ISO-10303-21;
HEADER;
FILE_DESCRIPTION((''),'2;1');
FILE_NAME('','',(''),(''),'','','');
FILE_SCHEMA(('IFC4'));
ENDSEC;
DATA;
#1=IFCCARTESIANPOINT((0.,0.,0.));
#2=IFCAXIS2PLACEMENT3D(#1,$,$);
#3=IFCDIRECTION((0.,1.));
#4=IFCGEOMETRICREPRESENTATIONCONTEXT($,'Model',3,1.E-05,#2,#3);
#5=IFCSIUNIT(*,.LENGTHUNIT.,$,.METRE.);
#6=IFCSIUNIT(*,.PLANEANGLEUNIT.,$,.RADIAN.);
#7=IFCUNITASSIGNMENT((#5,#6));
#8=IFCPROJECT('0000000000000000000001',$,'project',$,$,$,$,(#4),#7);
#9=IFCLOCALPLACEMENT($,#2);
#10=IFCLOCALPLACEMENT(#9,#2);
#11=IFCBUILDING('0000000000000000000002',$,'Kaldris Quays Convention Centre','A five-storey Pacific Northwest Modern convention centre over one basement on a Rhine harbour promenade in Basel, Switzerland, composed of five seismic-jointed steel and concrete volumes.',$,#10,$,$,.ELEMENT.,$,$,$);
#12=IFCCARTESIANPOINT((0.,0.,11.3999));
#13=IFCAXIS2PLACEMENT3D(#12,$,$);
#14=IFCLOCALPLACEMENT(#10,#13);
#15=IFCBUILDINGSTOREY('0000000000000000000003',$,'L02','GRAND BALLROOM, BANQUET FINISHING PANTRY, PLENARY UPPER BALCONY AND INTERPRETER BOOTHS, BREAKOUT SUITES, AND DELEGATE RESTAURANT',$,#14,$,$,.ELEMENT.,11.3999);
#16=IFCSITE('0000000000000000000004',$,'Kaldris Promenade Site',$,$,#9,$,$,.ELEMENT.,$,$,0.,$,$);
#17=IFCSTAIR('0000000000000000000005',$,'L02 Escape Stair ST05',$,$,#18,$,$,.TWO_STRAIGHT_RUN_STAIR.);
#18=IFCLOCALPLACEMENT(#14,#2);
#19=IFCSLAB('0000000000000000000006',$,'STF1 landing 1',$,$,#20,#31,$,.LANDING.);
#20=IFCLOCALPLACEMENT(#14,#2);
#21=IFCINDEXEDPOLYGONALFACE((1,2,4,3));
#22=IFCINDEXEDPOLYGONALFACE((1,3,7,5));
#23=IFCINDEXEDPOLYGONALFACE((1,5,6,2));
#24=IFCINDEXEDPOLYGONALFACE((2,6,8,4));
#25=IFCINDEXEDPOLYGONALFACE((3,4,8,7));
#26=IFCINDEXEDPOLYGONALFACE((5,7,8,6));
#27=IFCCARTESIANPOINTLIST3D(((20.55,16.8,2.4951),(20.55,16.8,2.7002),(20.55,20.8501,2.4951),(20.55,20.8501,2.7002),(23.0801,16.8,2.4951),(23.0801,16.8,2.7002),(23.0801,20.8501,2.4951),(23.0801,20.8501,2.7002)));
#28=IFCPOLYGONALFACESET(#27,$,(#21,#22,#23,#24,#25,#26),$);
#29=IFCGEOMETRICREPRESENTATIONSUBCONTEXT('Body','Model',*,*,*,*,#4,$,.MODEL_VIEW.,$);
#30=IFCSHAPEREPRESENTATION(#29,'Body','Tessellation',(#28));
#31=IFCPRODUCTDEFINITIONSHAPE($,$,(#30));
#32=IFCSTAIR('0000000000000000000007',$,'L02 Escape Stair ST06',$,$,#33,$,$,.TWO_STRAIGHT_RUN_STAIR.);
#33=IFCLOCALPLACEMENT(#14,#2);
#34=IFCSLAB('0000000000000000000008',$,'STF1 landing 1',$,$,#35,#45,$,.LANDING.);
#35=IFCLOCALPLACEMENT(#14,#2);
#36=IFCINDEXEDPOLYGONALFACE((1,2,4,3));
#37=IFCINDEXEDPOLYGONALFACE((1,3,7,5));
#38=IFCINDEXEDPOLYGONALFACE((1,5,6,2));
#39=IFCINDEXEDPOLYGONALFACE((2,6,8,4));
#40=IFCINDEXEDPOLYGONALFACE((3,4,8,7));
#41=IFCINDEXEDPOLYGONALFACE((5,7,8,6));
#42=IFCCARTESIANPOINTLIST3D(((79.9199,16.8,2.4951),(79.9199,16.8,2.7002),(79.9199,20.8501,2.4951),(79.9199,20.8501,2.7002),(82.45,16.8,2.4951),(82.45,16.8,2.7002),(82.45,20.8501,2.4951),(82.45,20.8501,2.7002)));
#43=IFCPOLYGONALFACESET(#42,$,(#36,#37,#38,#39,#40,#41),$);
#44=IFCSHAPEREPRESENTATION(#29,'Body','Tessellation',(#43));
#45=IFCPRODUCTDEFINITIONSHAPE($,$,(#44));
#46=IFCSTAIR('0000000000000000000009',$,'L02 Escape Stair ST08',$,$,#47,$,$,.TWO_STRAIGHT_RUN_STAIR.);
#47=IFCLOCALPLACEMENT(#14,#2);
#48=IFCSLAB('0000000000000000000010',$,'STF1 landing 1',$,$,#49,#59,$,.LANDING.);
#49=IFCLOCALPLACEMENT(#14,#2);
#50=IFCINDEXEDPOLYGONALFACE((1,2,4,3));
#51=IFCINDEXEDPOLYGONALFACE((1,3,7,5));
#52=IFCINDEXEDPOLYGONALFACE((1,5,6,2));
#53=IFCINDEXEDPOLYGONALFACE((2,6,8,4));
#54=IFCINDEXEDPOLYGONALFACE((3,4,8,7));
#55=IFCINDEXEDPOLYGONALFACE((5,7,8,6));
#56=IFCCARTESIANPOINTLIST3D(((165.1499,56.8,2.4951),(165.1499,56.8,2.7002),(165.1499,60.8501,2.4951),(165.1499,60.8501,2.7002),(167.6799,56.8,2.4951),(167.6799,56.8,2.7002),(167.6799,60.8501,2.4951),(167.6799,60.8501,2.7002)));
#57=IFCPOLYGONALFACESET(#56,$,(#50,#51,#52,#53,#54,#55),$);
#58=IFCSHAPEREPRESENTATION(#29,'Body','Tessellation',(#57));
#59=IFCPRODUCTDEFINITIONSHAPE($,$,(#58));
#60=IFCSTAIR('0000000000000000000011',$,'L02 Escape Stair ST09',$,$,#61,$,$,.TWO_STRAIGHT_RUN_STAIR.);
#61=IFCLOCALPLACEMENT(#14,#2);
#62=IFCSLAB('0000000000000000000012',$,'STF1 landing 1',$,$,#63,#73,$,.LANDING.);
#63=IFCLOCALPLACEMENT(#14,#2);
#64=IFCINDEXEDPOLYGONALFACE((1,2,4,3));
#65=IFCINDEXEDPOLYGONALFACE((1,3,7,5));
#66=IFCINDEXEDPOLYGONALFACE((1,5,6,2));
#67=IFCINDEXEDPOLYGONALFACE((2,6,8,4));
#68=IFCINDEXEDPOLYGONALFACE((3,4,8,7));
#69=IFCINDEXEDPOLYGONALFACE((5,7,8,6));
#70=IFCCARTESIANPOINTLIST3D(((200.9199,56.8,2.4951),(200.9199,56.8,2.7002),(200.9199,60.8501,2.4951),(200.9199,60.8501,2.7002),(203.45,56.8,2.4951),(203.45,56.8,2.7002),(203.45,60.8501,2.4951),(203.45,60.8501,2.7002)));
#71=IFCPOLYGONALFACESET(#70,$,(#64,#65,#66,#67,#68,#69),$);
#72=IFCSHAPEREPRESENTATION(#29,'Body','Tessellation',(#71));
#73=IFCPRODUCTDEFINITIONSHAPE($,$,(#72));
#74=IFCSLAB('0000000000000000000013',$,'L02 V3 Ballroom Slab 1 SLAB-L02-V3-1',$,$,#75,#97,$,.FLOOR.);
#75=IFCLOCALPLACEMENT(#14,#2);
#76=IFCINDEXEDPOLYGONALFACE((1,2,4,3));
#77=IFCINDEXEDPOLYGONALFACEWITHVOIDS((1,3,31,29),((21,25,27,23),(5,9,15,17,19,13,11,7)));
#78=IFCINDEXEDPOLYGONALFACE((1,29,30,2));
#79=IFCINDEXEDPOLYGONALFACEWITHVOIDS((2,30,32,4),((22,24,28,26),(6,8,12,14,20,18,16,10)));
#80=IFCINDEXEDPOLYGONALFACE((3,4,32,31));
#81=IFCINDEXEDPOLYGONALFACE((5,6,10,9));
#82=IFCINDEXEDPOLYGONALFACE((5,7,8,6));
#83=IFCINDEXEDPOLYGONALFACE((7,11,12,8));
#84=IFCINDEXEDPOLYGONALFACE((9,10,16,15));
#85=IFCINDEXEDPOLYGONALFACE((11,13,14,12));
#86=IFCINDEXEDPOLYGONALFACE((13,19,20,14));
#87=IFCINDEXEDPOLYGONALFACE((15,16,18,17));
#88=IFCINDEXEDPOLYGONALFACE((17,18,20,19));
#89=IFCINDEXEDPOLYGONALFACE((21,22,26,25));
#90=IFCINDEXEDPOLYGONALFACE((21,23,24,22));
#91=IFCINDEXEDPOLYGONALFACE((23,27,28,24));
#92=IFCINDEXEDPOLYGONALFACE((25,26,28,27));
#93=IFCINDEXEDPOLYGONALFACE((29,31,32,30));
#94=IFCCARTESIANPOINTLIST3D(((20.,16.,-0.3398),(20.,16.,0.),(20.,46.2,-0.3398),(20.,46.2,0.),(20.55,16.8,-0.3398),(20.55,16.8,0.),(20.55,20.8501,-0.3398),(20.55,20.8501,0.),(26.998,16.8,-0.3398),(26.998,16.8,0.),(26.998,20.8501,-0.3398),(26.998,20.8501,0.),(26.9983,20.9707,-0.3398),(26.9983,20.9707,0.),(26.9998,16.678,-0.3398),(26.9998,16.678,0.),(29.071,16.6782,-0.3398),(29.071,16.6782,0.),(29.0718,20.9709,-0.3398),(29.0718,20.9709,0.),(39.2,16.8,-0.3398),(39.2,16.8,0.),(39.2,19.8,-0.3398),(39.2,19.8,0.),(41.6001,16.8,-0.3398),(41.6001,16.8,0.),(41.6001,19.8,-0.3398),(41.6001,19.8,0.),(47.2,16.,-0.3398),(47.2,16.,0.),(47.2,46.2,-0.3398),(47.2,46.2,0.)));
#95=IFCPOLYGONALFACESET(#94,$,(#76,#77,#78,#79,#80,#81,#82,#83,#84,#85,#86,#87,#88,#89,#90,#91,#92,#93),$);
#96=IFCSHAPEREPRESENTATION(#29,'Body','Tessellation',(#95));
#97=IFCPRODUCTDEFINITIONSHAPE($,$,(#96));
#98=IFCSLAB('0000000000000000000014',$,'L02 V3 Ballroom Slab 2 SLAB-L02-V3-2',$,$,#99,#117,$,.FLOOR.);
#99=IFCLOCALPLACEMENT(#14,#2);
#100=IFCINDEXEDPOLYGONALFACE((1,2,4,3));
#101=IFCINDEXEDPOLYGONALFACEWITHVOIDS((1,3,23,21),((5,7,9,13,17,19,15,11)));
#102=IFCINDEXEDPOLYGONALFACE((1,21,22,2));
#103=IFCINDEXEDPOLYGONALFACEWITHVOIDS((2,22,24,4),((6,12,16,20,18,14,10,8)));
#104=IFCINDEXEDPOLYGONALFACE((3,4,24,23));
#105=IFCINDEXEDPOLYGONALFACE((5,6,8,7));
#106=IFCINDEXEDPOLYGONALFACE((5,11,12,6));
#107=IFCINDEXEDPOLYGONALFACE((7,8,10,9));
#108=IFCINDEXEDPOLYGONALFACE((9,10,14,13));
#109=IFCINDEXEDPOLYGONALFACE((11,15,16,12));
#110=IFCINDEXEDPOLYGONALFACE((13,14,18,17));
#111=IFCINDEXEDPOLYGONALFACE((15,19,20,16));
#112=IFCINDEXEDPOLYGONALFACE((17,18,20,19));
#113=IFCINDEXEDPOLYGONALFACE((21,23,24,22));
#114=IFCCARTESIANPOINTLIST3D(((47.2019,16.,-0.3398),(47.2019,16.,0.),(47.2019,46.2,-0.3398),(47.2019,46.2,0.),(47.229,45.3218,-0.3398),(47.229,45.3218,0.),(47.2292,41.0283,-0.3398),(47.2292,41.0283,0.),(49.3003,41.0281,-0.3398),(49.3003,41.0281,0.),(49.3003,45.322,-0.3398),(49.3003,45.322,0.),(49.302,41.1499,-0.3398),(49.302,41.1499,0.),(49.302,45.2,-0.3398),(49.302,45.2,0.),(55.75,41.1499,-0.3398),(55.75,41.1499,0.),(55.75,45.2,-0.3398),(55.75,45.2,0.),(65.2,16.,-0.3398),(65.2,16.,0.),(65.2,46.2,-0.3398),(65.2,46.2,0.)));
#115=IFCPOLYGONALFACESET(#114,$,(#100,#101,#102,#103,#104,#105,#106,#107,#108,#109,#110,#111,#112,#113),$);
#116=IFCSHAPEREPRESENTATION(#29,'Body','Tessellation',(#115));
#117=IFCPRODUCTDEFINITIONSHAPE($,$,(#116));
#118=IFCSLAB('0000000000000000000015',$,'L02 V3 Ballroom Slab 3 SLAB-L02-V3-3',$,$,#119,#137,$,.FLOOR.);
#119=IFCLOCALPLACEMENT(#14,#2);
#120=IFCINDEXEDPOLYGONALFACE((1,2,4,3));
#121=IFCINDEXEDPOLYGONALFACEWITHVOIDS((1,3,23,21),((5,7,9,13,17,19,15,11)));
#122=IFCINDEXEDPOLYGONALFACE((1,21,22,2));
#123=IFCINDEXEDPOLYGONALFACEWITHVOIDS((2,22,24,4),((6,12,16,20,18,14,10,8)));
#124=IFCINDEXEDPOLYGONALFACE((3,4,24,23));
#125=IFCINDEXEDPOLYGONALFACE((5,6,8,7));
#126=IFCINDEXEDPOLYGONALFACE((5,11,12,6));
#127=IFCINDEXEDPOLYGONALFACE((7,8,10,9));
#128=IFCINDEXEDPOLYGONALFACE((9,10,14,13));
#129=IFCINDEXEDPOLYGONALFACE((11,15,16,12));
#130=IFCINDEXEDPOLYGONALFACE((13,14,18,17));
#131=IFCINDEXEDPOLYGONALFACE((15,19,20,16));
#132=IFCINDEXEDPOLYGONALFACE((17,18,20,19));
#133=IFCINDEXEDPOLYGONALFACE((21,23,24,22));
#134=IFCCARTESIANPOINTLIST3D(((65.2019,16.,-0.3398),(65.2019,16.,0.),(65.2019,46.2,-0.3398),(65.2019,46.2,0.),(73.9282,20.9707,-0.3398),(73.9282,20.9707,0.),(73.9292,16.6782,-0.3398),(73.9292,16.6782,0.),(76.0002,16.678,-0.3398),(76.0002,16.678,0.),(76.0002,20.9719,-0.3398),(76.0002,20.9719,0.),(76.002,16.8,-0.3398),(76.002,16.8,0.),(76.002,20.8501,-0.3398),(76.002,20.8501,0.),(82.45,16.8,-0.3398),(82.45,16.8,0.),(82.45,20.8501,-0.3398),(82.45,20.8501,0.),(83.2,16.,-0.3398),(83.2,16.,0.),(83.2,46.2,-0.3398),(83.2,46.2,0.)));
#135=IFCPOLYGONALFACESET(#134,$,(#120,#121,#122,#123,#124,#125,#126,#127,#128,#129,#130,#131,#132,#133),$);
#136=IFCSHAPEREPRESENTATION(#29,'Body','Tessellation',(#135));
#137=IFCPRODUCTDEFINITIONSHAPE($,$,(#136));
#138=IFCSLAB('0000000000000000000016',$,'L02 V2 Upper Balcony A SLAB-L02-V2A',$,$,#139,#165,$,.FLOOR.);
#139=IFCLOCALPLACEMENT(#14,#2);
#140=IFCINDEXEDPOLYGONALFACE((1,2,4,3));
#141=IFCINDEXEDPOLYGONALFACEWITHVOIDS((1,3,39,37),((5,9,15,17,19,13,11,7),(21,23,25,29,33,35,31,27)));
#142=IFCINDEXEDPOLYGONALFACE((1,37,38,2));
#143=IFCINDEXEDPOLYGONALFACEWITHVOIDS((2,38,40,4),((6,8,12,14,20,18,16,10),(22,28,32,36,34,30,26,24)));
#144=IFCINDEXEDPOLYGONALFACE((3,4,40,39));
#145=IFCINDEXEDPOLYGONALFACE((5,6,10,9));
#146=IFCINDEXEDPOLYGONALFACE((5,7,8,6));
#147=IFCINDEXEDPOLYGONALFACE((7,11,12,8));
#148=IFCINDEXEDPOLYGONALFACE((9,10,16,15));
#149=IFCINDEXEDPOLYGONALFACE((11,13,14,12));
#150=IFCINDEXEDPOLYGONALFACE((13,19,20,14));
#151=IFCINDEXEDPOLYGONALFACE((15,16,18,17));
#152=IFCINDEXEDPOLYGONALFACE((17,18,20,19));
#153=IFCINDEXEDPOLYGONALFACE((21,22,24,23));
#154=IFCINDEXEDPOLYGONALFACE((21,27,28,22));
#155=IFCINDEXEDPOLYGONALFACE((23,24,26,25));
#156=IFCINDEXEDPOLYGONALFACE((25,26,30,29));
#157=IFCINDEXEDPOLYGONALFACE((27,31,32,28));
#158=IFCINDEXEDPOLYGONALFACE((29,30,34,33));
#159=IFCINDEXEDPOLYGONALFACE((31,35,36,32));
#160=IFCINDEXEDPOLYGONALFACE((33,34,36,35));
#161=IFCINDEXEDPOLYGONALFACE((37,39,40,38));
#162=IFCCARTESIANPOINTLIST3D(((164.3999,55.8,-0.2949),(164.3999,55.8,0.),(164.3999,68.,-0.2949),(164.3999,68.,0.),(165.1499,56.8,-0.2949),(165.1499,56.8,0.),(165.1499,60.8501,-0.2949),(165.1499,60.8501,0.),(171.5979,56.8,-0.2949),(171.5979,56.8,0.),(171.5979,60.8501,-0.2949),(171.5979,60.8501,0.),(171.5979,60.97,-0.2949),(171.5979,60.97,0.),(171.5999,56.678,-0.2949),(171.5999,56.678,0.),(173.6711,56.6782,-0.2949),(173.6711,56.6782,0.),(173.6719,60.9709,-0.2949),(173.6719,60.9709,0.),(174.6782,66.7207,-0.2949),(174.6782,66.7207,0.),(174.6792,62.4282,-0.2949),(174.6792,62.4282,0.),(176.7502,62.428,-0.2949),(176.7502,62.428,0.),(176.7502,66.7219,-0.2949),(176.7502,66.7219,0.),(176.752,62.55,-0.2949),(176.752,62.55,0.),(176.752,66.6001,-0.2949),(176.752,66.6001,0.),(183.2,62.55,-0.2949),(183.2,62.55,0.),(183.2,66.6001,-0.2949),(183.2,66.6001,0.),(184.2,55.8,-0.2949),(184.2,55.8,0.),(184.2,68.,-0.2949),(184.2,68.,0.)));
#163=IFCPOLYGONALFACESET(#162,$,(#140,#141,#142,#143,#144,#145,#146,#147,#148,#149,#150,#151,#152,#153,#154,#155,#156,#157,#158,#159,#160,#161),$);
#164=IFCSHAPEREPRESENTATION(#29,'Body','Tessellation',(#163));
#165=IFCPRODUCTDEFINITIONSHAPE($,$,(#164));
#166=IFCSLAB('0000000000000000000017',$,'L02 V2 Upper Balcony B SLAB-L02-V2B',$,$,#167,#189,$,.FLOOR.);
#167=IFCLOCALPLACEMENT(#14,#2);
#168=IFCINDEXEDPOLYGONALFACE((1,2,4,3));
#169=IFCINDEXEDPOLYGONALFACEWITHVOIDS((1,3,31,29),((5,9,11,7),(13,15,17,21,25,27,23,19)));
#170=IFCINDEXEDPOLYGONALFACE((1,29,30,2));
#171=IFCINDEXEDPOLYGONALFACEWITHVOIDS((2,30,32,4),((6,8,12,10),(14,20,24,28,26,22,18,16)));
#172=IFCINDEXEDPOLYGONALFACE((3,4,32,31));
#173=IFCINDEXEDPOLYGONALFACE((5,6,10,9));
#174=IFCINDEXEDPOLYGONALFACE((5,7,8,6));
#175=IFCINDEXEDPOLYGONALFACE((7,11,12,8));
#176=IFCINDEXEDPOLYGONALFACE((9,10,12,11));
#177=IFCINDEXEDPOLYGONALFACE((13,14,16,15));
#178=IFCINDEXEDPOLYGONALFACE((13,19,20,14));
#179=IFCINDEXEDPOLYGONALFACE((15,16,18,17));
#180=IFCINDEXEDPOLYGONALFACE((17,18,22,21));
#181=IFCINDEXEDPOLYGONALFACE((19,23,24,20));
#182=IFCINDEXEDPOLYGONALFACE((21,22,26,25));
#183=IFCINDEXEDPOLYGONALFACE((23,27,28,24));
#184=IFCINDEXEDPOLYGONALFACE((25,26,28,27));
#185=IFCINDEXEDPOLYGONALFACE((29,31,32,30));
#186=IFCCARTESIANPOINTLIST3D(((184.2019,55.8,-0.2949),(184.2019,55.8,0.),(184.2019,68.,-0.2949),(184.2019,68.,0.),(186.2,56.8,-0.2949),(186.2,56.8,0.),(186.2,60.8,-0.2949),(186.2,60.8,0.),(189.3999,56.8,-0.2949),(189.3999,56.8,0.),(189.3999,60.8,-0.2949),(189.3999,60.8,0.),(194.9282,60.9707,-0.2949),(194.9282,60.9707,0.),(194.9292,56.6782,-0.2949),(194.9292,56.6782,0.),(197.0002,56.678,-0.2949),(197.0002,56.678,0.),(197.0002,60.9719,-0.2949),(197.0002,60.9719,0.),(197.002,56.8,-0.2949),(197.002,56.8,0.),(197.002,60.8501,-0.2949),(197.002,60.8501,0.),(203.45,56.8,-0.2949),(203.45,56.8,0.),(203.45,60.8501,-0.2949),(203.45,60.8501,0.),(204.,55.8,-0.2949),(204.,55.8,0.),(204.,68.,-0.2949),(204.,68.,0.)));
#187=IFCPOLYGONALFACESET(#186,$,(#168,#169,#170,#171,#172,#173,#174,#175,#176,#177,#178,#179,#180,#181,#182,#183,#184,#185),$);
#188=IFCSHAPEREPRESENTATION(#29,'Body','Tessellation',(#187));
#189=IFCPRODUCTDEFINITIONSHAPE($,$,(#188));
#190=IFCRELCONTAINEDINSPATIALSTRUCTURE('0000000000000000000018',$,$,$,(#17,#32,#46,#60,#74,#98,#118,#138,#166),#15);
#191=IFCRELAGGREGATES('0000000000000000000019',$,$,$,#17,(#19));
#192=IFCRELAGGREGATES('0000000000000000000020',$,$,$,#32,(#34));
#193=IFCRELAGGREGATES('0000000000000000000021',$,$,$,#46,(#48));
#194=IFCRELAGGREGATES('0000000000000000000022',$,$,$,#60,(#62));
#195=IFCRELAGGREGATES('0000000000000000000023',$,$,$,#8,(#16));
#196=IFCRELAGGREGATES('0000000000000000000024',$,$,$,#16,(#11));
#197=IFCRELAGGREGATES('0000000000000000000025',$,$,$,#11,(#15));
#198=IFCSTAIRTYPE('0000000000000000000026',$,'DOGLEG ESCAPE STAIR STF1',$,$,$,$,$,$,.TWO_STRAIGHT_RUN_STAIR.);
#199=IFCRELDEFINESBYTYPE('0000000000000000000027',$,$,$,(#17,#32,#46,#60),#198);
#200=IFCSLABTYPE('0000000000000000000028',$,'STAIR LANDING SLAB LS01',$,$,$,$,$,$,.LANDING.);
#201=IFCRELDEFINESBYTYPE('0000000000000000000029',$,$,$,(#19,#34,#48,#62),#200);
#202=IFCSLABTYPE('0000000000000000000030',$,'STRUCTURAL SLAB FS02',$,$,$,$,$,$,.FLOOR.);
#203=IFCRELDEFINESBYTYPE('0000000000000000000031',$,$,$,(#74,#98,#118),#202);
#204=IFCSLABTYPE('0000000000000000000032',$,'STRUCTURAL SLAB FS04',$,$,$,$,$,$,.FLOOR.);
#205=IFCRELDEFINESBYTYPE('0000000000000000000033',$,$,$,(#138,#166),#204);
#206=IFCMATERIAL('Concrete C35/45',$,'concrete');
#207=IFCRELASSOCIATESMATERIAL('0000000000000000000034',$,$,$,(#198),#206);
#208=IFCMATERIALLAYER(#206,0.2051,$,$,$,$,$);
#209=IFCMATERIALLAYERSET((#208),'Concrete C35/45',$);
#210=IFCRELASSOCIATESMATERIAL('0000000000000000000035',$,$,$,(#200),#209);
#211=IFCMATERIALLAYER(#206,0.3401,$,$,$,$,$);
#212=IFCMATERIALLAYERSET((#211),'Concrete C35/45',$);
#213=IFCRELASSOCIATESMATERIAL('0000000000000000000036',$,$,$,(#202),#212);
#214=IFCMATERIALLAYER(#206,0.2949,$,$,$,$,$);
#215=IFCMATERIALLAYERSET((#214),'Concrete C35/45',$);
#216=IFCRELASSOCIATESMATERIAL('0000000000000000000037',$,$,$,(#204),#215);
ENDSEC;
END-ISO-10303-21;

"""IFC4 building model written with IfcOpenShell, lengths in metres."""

from ifc_helpers import new_model, si_unit, direction, frame, origin, place, context, subcontext, project, spatial, polyline, outline, extrude, material, layer, layer_set, type_object, element, aggregate, save


model = new_model("IFC4")

# Units and contexts
model_context = context("Model", 3, precision=1e-05, world=origin(), true_north=direction((0.0, 1.0)))
body_context = subcontext(model_context, "Body", "Model", "MODEL_VIEW")
ifc_project = project(units=[si_unit("LENGTHUNIT", "METRE"), si_unit("PLANEANGLEUNIT", "RADIAN")], contexts=[model_context])

# Site, building, storey
site_placement = place(None, origin())
site = spatial("IfcSite", under=ifc_project, at=site_placement, Name="Kaldris Promenade Site", CompositionType="ELEMENT", RefElevation=0.0)
building_placement = place(site_placement, origin())
building = spatial("IfcBuilding", under=site, at=building_placement, Name="Kaldris Quays Convention Centre", Description="A five-storey Pacific Northwest Modern convention centre over one basement on a Rhine harbour promenade in Basel, Switzerland, composed of five seismic-jointed steel and concrete volumes.", CompositionType="ELEMENT")
storey_placement = place(building_placement, frame((0.0, 0.0, 11.3999)))
storey = spatial("IfcBuildingStorey", under=building, at=storey_placement, Name="L02", Description="GRAND BALLROOM, BANQUET FINISHING PANTRY, PLENARY UPPER BALCONY AND INTERPRETER BOOTHS, BREAKOUT SUITES, AND DELEGATE RESTAURANT", CompositionType="ELEMENT", Elevation=11.3999)

# Stairs, slabs
ifc_material = material(Name="Concrete C35/45", Category="concrete")
stair_type = type_object("IfcStairType", Name="DOGLEG ESCAPE STAIR STF1", PredefinedType="TWO_STRAIGHT_RUN_STAIR", material=ifc_material)
stair_1_placement = place(storey_placement, origin())
stair_1 = element("IfcStair", 1, at=stair_1_placement, inside=storey, type_object=stair_type, Name="L02 Escape Stair ST05", PredefinedType="TWO_STRAIGHT_RUN_STAIR")
ifc_layer_1 = layer(ifc_material, 0.2051)
ifc_layer_set_1 = layer_set([ifc_layer_1], Name="Concrete C35/45")
slab_type_1 = type_object("IfcSlabType", Name="STAIR LANDING SLAB LS01", PredefinedType="LANDING", material=ifc_layer_set_1)
slab_1_placement = place(storey_placement, frame((0.0, 0.0, 2.4951)))
slab_1 = element("IfcSlab", 2, at=slab_1_placement, type_object=slab_type_1, Name="STF1 landing 1", PredefinedType="LANDING", context=body_context, shape_type="SweptSolid", body=[
    extrude(outline(polyline([(23.0801, 20.8501), (20.55, 20.8501), (20.55, 16.8), (23.0801, 16.8), (23.0801, 20.8501)])), origin(), (0.0, 0.0, 1.0), 0.2051),
])
aggregate(stair_1, [slab_1])
stair_2_placement = place(storey_placement, origin())
stair_2 = element("IfcStair", 3, at=stair_2_placement, inside=storey, type_object=stair_type, Name="L02 Escape Stair ST06", PredefinedType="TWO_STRAIGHT_RUN_STAIR")
slab_2_placement = place(storey_placement, frame((0.0, 0.0, 2.4951)))
slab_2 = element("IfcSlab", 4, at=slab_2_placement, type_object=slab_type_1, Name="STF1 landing 1", PredefinedType="LANDING", context=body_context, shape_type="SweptSolid", body=[
    extrude(outline(polyline([(79.9199, 16.8), (82.45, 16.8), (82.45, 20.8501), (79.9199, 20.8501), (79.9199, 16.8)])), origin(), (0.0, 0.0, 1.0), 0.2051),
])
aggregate(stair_2, [slab_2])
stair_3_placement = place(storey_placement, origin())
stair_3 = element("IfcStair", 5, at=stair_3_placement, inside=storey, type_object=stair_type, Name="L02 Escape Stair ST08", PredefinedType="TWO_STRAIGHT_RUN_STAIR")
slab_3_placement = place(storey_placement, frame((0.0, 0.0, 2.4951)))
slab_3 = element("IfcSlab", 6, at=slab_3_placement, type_object=slab_type_1, Name="STF1 landing 1", PredefinedType="LANDING", context=body_context, shape_type="SweptSolid", body=[
    extrude(outline(polyline([(167.6799, 60.8501), (165.1499, 60.8501), (165.1499, 56.8), (167.6799, 56.8), (167.6799, 60.8501)])), origin(), (0.0, 0.0, 1.0), 0.2051),
])
aggregate(stair_3, [slab_3])
stair_4_placement = place(storey_placement, origin())
stair_4 = element("IfcStair", 7, at=stair_4_placement, inside=storey, type_object=stair_type, Name="L02 Escape Stair ST09", PredefinedType="TWO_STRAIGHT_RUN_STAIR")
slab_4_placement = place(storey_placement, frame((0.0, 0.0, 2.4951)))
slab_4 = element("IfcSlab", 8, at=slab_4_placement, type_object=slab_type_1, Name="STF1 landing 1", PredefinedType="LANDING", context=body_context, shape_type="SweptSolid", body=[
    extrude(outline(polyline([(200.9199, 56.8), (203.45, 56.8), (203.45, 60.8501), (200.9199, 60.8501), (200.9199, 56.8)])), origin(), (0.0, 0.0, 1.0), 0.2051),
])
aggregate(stair_4, [slab_4])

# Slabs
ifc_layer_2 = layer(ifc_material, 0.3401)
ifc_layer_set_2 = layer_set([ifc_layer_2], Name="Concrete C35/45")
slab_type_2 = type_object("IfcSlabType", Name="STRUCTURAL SLAB FS02", PredefinedType="FLOOR", material=ifc_layer_set_2)
slab_5_placement = place(storey_placement, frame((0.0, 0.0, -0.3398)))
element("IfcSlab", 9, at=slab_5_placement, inside=storey, type_object=slab_type_2, Name="L02 V3 Ballroom Slab 1 SLAB-L02-V3-1", PredefinedType="FLOOR", context=body_context, shape_type="SweptSolid", body=[
    extrude(outline(polyline([(20.0, 16.0), (20.0, 46.2), (47.2, 46.2), (47.2, 16.0), (20.0, 16.0)]), holes=[polyline([(41.6001, 19.8), (39.2, 19.8), (39.2, 16.8), (41.6001, 16.8), (41.6001, 19.8)]), polyline([(26.9983, 20.9707), (26.998, 20.8501), (20.55, 20.8501), (20.55, 16.8), (26.998, 16.8), (26.9998, 16.678), (29.071, 16.6782), (29.0718, 20.9709), (26.9983, 20.9707)])]), origin(), (0.0, 0.0, 1.0), 0.3398),
])
slab_6_placement = place(storey_placement, frame((0.0, 0.0, -0.3398)))
element("IfcSlab", 10, at=slab_6_placement, inside=storey, type_object=slab_type_2, Name="L02 V3 Ballroom Slab 2 SLAB-L02-V3-2", PredefinedType="FLOOR", context=body_context, shape_type="SweptSolid", body=[
    extrude(outline(polyline([(65.2, 46.2), (65.2, 16.0), (47.2019, 16.0), (47.2019, 46.2), (65.2, 46.2)]), holes=[polyline([(47.2292, 41.0283), (49.3003, 41.0281), (49.302, 41.1499), (55.75, 41.1499), (55.75, 45.2), (49.302, 45.2), (49.3003, 45.322), (47.229, 45.3218), (47.2292, 41.0283)])]), origin(), (0.0, 0.0, 1.0), 0.3398),
])
slab_7_placement = place(storey_placement, frame((0.0, 0.0, -0.3398)))
element("IfcSlab", 11, at=slab_7_placement, inside=storey, type_object=slab_type_2, Name="L02 V3 Ballroom Slab 3 SLAB-L02-V3-3", PredefinedType="FLOOR", context=body_context, shape_type="SweptSolid", body=[
    extrude(outline(polyline([(83.2, 46.2), (83.2, 16.0), (65.2019, 16.0), (65.2019, 46.2), (83.2, 46.2)]), holes=[polyline([(73.9282, 20.9707), (73.9292, 16.6782), (76.0002, 16.678), (76.002, 16.8), (82.45, 16.8), (82.45, 20.8501), (76.002, 20.8501), (76.0002, 20.9719), (73.9282, 20.9707)])]), origin(), (0.0, 0.0, 1.0), 0.3398),
])
ifc_layer_3 = layer(ifc_material, 0.2949)
ifc_layer_set_3 = layer_set([ifc_layer_3], Name="Concrete C35/45")
slab_type_3 = type_object("IfcSlabType", Name="STRUCTURAL SLAB FS04", PredefinedType="FLOOR", material=ifc_layer_set_3)
slab_8_placement = place(storey_placement, frame((0.0, 0.0, -0.2949)))
element("IfcSlab", 12, at=slab_8_placement, inside=storey, type_object=slab_type_3, Name="L02 V2 Upper Balcony A SLAB-L02-V2A", PredefinedType="FLOOR", context=body_context, shape_type="SweptSolid", body=[
    extrude(outline(polyline([(164.3999, 55.8), (164.3999, 68.0), (184.2, 68.0), (184.2, 55.8), (164.3999, 55.8)]), holes=[polyline([(171.5979, 60.97), (171.5979, 60.8501), (165.1499, 60.8501), (165.1499, 56.8), (171.5979, 56.8), (171.5999, 56.678), (173.6711, 56.6782), (173.6719, 60.9709), (171.5979, 60.97)]), polyline([(174.6782, 66.7207), (174.6792, 62.4282), (176.7502, 62.428), (176.752, 62.55), (183.2, 62.55), (183.2, 66.6001), (176.752, 66.6001), (176.7502, 66.7219), (174.6782, 66.7207)])]), origin(), (0.0, 0.0, 1.0), 0.2949),
])
slab_9_placement = place(storey_placement, frame((0.0, 0.0, -0.2949)))
element("IfcSlab", 13, at=slab_9_placement, inside=storey, type_object=slab_type_3, Name="L02 V2 Upper Balcony B SLAB-L02-V2B", PredefinedType="FLOOR", context=body_context, shape_type="SweptSolid", body=[
    extrude(outline(polyline([(204.0, 68.0), (204.0, 55.8), (184.2019, 55.8), (184.2019, 68.0), (204.0, 68.0)]), holes=[polyline([(189.3999, 56.8), (189.3999, 60.8), (186.2, 60.8), (186.2, 56.8), (189.3999, 56.8)]), polyline([(194.9282, 60.9707), (194.9292, 56.6782), (197.0002, 56.678), (197.002, 56.8), (203.45, 56.8), (203.45, 60.8501), (197.002, 60.8501), (197.0002, 60.9719), (194.9282, 60.9707)])]), origin(), (0.0, 0.0, 1.0), 0.2949),
])

save(model, "model.ifc")
